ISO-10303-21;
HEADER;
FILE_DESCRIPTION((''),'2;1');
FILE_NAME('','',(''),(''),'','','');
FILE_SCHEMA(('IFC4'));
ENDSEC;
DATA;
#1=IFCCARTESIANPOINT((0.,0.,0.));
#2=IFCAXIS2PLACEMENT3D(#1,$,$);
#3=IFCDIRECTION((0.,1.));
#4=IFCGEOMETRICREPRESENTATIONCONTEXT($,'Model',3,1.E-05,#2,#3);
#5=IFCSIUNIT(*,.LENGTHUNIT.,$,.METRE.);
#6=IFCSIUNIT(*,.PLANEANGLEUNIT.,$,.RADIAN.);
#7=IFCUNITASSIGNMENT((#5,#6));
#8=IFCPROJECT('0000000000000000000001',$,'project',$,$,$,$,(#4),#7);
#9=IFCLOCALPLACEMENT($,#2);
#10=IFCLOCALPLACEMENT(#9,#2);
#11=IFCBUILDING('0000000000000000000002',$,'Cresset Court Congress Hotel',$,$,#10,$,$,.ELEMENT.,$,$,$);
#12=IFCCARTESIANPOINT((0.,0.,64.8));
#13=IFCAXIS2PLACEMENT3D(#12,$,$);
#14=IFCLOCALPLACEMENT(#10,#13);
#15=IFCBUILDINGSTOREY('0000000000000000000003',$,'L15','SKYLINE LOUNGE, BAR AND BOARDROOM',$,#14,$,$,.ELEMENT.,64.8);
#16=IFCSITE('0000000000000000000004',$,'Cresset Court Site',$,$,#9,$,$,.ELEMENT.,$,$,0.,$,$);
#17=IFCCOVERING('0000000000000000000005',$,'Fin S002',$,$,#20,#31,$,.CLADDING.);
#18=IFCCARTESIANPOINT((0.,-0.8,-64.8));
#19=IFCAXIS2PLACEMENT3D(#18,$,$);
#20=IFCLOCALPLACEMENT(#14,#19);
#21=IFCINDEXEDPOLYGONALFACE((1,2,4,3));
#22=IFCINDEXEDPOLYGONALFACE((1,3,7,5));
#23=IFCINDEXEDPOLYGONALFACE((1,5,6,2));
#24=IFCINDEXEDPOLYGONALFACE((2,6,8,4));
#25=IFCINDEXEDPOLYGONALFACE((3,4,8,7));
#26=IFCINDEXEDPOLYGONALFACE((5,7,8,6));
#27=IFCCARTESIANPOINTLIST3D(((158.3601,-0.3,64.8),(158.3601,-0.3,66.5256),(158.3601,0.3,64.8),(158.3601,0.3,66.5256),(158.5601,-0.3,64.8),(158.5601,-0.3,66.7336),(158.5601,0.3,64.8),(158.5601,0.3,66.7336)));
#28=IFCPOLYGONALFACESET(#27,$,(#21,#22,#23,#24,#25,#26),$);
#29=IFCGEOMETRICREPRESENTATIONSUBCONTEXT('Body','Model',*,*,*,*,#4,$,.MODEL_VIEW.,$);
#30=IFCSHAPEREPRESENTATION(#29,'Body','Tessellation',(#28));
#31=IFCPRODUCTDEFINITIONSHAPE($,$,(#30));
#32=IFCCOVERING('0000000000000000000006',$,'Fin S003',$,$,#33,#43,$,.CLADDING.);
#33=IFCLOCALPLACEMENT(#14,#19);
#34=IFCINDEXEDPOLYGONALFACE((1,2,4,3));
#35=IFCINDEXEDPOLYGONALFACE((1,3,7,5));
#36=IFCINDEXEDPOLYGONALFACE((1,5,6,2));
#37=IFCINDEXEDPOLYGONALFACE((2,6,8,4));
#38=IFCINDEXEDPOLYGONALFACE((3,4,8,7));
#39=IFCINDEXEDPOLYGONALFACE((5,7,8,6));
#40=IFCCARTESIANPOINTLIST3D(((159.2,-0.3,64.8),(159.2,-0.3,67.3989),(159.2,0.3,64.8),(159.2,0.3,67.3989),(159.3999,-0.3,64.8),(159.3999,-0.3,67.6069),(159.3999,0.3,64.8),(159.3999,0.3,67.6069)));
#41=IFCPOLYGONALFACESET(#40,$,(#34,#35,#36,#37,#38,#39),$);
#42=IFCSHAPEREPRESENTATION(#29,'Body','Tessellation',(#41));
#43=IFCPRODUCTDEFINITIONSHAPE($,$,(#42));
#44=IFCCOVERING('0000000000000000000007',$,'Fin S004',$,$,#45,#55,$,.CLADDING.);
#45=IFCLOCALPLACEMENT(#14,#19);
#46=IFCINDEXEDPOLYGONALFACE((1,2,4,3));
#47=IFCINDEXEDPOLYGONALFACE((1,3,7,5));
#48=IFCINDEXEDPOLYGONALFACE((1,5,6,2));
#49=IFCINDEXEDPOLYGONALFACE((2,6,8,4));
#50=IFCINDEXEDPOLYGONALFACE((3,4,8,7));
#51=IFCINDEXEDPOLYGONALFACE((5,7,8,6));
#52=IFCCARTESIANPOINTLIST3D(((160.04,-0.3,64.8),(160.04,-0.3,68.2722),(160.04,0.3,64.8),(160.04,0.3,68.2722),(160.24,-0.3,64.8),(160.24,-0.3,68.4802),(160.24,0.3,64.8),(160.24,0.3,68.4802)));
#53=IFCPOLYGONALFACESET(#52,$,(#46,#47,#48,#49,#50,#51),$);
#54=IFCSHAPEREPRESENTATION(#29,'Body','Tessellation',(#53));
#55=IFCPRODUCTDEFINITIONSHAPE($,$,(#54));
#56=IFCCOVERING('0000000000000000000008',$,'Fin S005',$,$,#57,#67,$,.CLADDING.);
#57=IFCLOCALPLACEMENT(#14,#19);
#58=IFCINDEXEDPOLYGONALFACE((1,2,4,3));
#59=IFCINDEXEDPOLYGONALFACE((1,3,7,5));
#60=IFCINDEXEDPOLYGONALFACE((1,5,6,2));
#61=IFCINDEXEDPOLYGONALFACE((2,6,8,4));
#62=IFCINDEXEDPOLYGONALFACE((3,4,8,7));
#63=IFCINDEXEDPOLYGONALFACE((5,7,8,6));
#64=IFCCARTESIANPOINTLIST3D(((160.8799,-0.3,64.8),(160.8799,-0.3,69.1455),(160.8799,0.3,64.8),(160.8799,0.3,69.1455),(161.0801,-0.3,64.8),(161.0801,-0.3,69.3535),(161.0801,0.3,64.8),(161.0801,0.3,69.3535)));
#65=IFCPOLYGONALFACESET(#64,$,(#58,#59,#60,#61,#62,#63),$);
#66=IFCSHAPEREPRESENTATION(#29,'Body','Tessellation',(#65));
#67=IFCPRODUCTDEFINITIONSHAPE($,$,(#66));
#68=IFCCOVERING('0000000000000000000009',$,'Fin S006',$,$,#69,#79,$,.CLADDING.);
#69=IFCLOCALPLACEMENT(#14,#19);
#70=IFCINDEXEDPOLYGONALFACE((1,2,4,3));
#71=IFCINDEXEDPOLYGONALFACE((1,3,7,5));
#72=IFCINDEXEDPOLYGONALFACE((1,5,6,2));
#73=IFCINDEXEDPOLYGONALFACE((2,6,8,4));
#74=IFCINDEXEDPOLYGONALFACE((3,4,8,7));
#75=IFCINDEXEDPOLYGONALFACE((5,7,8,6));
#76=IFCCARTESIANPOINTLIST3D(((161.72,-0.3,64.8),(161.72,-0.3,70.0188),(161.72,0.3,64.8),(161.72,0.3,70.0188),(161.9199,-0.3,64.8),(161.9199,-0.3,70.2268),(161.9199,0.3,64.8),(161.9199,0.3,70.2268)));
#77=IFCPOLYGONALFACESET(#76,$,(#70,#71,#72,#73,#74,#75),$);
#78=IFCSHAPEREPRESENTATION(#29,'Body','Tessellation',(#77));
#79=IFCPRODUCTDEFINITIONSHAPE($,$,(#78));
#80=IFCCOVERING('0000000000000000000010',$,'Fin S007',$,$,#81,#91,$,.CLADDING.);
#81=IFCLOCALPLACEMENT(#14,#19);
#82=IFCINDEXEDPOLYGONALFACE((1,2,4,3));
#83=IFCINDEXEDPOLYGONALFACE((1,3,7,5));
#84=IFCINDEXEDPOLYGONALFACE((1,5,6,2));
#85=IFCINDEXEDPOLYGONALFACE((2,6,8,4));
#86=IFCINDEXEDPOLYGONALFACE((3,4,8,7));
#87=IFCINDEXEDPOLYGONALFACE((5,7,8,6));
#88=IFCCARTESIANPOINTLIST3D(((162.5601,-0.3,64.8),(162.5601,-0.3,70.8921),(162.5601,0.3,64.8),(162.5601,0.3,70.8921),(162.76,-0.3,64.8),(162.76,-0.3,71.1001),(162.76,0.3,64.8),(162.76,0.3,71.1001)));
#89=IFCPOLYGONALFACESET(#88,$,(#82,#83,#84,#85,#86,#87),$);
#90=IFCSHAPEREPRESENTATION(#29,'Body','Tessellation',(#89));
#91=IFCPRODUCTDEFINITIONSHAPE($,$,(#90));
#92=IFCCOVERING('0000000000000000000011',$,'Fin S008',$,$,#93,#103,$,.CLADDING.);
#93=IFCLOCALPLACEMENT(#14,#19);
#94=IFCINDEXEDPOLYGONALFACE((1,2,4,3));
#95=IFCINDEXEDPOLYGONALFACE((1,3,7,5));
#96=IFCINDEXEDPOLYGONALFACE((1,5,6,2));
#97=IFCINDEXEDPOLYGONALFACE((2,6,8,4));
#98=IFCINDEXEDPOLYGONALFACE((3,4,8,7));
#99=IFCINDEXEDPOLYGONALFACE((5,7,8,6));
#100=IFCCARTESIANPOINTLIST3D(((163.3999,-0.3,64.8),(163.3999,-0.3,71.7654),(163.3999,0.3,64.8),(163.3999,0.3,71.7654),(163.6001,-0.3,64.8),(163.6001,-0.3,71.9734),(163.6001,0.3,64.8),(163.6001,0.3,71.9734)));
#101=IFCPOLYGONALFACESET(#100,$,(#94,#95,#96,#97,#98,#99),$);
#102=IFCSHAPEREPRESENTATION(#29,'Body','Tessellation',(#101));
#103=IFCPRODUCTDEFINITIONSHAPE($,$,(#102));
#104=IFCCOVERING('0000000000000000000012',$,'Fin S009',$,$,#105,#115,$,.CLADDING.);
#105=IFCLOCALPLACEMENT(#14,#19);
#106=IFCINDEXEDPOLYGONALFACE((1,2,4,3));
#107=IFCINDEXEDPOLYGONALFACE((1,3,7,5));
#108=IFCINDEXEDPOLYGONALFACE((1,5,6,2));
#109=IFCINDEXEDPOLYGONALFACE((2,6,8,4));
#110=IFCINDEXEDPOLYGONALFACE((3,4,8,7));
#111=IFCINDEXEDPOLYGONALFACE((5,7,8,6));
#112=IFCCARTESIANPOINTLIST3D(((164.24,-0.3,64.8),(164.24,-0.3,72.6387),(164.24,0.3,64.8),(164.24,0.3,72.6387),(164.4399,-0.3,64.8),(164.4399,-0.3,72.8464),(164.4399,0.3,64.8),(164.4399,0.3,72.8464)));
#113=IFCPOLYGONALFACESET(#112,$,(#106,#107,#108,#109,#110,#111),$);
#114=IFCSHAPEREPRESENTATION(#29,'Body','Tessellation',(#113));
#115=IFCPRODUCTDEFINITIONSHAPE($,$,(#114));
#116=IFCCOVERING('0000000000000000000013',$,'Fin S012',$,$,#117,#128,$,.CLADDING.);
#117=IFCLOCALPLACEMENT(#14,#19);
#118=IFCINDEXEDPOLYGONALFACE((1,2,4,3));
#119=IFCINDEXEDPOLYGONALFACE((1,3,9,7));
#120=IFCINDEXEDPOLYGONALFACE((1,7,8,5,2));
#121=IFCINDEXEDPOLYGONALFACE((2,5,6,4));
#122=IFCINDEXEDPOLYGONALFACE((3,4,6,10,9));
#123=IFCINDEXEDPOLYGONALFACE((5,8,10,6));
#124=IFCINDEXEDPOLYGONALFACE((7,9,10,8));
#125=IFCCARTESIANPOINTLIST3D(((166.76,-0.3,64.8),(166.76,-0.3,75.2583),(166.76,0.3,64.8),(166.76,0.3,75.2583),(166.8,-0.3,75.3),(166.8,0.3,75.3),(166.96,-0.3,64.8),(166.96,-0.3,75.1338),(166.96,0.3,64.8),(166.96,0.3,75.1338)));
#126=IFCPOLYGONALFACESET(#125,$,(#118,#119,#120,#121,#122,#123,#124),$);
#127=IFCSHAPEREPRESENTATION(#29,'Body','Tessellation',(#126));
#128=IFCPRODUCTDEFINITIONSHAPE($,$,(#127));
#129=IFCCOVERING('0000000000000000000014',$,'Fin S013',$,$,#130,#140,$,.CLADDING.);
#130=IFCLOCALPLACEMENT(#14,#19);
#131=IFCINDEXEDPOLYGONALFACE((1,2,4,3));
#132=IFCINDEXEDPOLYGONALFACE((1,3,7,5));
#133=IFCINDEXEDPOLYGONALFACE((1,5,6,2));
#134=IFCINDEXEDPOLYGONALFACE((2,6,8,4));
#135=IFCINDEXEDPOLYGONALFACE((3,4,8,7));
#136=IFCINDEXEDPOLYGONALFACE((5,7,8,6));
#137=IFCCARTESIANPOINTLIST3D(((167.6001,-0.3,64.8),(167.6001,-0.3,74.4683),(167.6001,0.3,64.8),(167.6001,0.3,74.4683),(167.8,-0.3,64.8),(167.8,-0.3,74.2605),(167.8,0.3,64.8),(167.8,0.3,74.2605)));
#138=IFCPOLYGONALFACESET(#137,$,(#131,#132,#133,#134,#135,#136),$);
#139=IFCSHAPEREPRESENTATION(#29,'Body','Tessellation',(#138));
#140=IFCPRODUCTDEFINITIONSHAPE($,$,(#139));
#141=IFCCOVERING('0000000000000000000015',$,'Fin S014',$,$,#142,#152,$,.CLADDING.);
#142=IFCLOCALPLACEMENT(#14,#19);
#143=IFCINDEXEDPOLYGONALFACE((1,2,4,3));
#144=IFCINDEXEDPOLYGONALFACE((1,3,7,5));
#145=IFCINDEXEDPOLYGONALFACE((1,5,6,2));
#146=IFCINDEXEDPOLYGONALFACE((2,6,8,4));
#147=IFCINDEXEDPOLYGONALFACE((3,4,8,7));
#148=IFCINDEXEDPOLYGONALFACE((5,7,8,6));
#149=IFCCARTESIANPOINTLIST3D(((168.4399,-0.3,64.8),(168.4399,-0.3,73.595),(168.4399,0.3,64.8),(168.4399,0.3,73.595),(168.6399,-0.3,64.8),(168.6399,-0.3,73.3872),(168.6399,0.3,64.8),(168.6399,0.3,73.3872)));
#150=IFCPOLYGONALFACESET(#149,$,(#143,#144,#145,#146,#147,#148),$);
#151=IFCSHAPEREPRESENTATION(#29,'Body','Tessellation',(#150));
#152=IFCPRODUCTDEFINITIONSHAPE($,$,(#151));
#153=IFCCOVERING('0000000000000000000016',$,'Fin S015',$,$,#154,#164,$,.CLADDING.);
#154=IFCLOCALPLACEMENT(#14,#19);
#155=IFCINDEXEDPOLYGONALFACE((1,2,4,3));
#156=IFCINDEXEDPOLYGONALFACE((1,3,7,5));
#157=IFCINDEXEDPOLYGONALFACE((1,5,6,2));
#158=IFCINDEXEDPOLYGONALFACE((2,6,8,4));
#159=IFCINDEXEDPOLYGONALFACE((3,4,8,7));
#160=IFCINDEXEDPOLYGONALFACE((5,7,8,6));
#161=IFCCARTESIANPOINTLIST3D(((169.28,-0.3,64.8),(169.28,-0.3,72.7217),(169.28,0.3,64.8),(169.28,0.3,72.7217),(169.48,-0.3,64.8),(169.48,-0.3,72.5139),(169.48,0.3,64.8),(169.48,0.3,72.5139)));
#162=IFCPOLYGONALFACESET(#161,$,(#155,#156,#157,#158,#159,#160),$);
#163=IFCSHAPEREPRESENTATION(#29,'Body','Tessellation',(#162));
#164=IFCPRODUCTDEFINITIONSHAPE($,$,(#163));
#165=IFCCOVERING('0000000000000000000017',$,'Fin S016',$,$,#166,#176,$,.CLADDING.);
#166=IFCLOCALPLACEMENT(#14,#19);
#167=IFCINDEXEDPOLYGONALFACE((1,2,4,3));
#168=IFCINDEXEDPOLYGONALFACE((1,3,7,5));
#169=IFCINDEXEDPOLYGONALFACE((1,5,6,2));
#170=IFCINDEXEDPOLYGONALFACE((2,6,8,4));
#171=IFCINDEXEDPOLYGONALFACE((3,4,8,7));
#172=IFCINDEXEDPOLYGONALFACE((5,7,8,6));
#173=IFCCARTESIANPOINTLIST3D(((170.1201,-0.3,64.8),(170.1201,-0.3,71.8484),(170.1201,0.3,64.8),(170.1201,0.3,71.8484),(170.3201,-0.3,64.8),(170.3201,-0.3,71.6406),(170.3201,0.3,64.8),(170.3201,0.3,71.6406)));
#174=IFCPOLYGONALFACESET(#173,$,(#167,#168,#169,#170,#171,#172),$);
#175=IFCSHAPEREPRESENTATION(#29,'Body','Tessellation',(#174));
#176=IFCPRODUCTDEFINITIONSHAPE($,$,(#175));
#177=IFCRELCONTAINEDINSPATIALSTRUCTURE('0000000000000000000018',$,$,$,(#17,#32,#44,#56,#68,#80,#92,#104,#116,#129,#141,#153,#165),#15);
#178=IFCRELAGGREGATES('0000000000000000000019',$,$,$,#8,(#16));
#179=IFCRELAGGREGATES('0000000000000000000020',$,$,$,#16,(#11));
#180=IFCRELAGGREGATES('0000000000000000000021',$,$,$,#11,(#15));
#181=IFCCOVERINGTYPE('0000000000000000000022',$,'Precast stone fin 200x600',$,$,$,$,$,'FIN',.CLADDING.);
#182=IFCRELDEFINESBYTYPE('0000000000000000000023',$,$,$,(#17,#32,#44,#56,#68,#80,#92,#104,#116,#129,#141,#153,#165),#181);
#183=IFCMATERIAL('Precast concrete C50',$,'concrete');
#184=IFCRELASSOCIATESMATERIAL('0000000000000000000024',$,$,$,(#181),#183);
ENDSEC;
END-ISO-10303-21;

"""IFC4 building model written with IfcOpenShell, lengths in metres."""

from ifc_helpers import new_model, si_unit, direction, frame, origin, place, context, subcontext, project, spatial, polyline, outline, extrude, material, type_object, element, save


model = new_model("IFC4")

# Units and contexts
model_context = context("Model", 3, precision=1e-05, world=origin(), true_north=direction((0.0, 1.0)))
body_context = subcontext(model_context, "Body", "Model", "MODEL_VIEW")
ifc_project = project(units=[si_unit("LENGTHUNIT", "METRE"), si_unit("PLANEANGLEUNIT", "RADIAN")], contexts=[model_context])

# Site, building, storey
site_placement = place(None, origin())
site = spatial("IfcSite", under=ifc_project, at=site_placement, Name="Cresset Court Site", CompositionType="ELEMENT", RefElevation=0.0)
building_placement = place(site_placement, origin())
building = spatial("IfcBuilding", under=site, at=building_placement, Name="Cresset Court Congress Hotel", CompositionType="ELEMENT")
storey_placement = place(building_placement, frame((0.0, 0.0, 64.8)))
storey = spatial("IfcBuildingStorey", under=building, at=storey_placement, Name="L15", Description="SKYLINE LOUNGE, BAR AND BOARDROOM", CompositionType="ELEMENT", Elevation=64.8)

# Coverings
ifc_material_1 = material(Name="Precast concrete C50", Category="concrete")
covering_type_1 = type_object("IfcCoveringType", Name="Precast stone fin 200x600", ElementType="FIN", PredefinedType="CLADDING", material=ifc_material_1)
covering_1_placement = place(storey_placement, frame((0.0, -0.8, -64.8)))
element("IfcCovering", 1, at=covering_1_placement, inside=storey, type_object=covering_type_1, Name="Fin S002", PredefinedType="CLADDING", context=body_context, shape_type="SweptSolid", body=[
    extrude(outline(polyline([(158.3601, 64.8), (158.5601, 64.8), (158.5601, 66.7336), (158.3601, 66.5256), (158.3601, 64.8)])), frame((0.0, 0.3, 0.0), z_axis=(0.0, -1.0, 0.0), x_axis=(1.0, 0.0, 0.0)), (0.0, 0.0, 1.0), 0.6001),
])
covering_2_placement = place(storey_placement, frame((0.0, -0.8, -64.8)))
element("IfcCovering", 2, at=covering_2_placement, inside=storey, type_object=covering_type_1, Name="Fin S003", PredefinedType="CLADDING", context=body_context, shape_type="SweptSolid", body=[
    extrude(outline(polyline([(159.2, 64.8), (159.3999, 64.8), (159.3999, 67.6069), (159.2, 67.3989), (159.2, 64.8)])), frame((0.0, 0.3, 0.0), z_axis=(0.0, -1.0, 0.0), x_axis=(1.0, 0.0, 0.0)), (0.0, 0.0, 1.0), 0.6001),
])
covering_3_placement = place(storey_placement, frame((0.0, -0.8, -64.8)))
element("IfcCovering", 3, at=covering_3_placement, inside=storey, type_object=covering_type_1, Name="Fin S004", PredefinedType="CLADDING", context=body_context, shape_type="SweptSolid", body=[
    extrude(outline(polyline([(160.04, 64.8), (160.24, 64.8), (160.24, 68.4802), (160.04, 68.2722), (160.04, 64.8)])), frame((0.0, 0.3, 0.0), z_axis=(0.0, -1.0, 0.0), x_axis=(1.0, 0.0, 0.0)), (0.0, 0.0, 1.0), 0.6001),
])
covering_4_placement = place(storey_placement, frame((0.0, -0.8, -64.8)))
element("IfcCovering", 4, at=covering_4_placement, inside=storey, type_object=covering_type_1, Name="Fin S005", PredefinedType="CLADDING", context=body_context, shape_type="SweptSolid", body=[
    extrude(outline(polyline([(160.8799, 64.8), (161.0801, 64.8), (161.0801, 69.3535), (160.8799, 69.1455), (160.8799, 64.8)])), frame((0.0, 0.3, 0.0), z_axis=(0.0, -1.0, 0.0), x_axis=(1.0, 0.0, 0.0)), (0.0, 0.0, 1.0), 0.6001),
])
covering_5_placement = place(storey_placement, frame((0.0, -0.8, -64.8)))
element("IfcCovering", 5, at=covering_5_placement, inside=storey, type_object=covering_type_1, Name="Fin S006", PredefinedType="CLADDING", context=body_context, shape_type="SweptSolid", body=[
    extrude(outline(polyline([(161.72, 64.8), (161.9199, 64.8), (161.9199, 70.2268), (161.72, 70.0188), (161.72, 64.8)])), frame((0.0, 0.3, 0.0), z_axis=(0.0, -1.0, 0.0), x_axis=(1.0, 0.0, 0.0)), (0.0, 0.0, 1.0), 0.6001),
])
covering_6_placement = place(storey_placement, frame((0.0, -0.8, -64.8)))
element("IfcCovering", 6, at=covering_6_placement, inside=storey, type_object=covering_type_1, Name="Fin S007", PredefinedType="CLADDING", context=body_context, shape_type="SweptSolid", body=[
    extrude(outline(polyline([(162.5601, 64.8), (162.76, 64.8), (162.76, 71.1001), (162.5601, 70.8921), (162.5601, 64.8)])), frame((0.0, 0.3, 0.0), z_axis=(0.0, -1.0, 0.0), x_axis=(1.0, 0.0, 0.0)), (0.0, 0.0, 1.0), 0.6001),
])
covering_7_placement = place(storey_placement, frame((0.0, -0.8, -64.8)))
element("IfcCovering", 7, at=covering_7_placement, inside=storey, type_object=covering_type_1, Name="Fin S008", PredefinedType="CLADDING", context=body_context, shape_type="SweptSolid", body=[
    extrude(outline(polyline([(163.3999, 64.8), (163.6001, 64.8), (163.6001, 71.9734), (163.3999, 71.7654), (163.3999, 64.8)])), frame((0.0, 0.3, 0.0), z_axis=(0.0, -1.0, 0.0), x_axis=(1.0, 0.0, 0.0)), (0.0, 0.0, 1.0), 0.6001),
])
covering_8_placement = place(storey_placement, frame((0.0, -0.8, -64.8)))
element("IfcCovering", 8, at=covering_8_placement, inside=storey, type_object=covering_type_1, Name="Fin S009", PredefinedType="CLADDING", context=body_context, shape_type="SweptSolid", body=[
    extrude(outline(polyline([(164.24, 64.8), (164.4399, 64.8), (164.4399, 72.8464), (164.24, 72.6387), (164.24, 64.8)])), frame((0.0, 0.3, 0.0), z_axis=(0.0, -1.0, 0.0), x_axis=(1.0, 0.0, 0.0)), (0.0, 0.0, 1.0), 0.6001),
])
covering_9_placement = place(storey_placement, frame((0.0, -0.8, -64.8)))
element("IfcCovering", 9, at=covering_9_placement, inside=storey, type_object=covering_type_1, Name="Fin S012", PredefinedType="CLADDING", context=body_context, shape_type="SweptSolid", body=[
    extrude(outline(polyline([(166.76, 64.8), (166.96, 64.8), (166.96, 75.1338), (166.8, 75.3), (166.76, 75.2583), (166.76, 64.8)])), frame((0.0, 0.3, 0.0), z_axis=(0.0, -1.0, 0.0), x_axis=(1.0, 0.0, 0.0)), (0.0, 0.0, 1.0), 0.6001),
])
covering_10_placement = place(storey_placement, frame((0.0, -0.8, -64.8)))
element("IfcCovering", 10, at=covering_10_placement, inside=storey, type_object=covering_type_1, Name="Fin S013", PredefinedType="CLADDING", context=body_context, shape_type="SweptSolid", body=[
    extrude(outline(polyline([(167.6001, 64.8), (167.8, 64.8), (167.8, 74.2605), (167.6001, 74.4683), (167.6001, 64.8)])), frame((0.0, 0.3, 0.0), z_axis=(0.0, -1.0, 0.0), x_axis=(1.0, 0.0, 0.0)), (0.0, 0.0, 1.0), 0.6001),
])
covering_11_placement = place(storey_placement, frame((0.0, -0.8, -64.8)))
element("IfcCovering", 11, at=covering_11_placement, inside=storey, type_object=covering_type_1, Name="Fin S014", PredefinedType="CLADDING", context=body_context, shape_type="SweptSolid", body=[
    extrude(outline(polyline([(168.4399, 64.8), (168.6399, 64.8), (168.6399, 73.3872), (168.4399, 73.595), (168.4399, 64.8)])), frame((0.0, 0.3, 0.0), z_axis=(0.0, -1.0, 0.0), x_axis=(1.0, 0.0, 0.0)), (0.0, 0.0, 1.0), 0.6001),
])
covering_12_placement = place(storey_placement, frame((0.0, -0.8, -64.8)))
element("IfcCovering", 12, at=covering_12_placement, inside=storey, type_object=covering_type_1, Name="Fin S015", PredefinedType="CLADDING", context=body_context, shape_type="SweptSolid", body=[
    extrude(outline(polyline([(169.28, 64.8), (169.48, 64.8), (169.48, 72.5139), (169.28, 72.7217), (169.28, 64.8)])), frame((0.0, 0.3, 0.0), z_axis=(0.0, -1.0, 0.0), x_axis=(1.0, 0.0, 0.0)), (0.0, 0.0, 1.0), 0.6001),
])
covering_13_placement = place(storey_placement, frame((0.0, -0.8, -64.8)))
element("IfcCovering", 13, at=covering_13_placement, inside=storey, type_object=covering_type_1, Name="Fin S016", PredefinedType="CLADDING", context=body_context, shape_type="SweptSolid", body=[
    extrude(outline(polyline([(170.1201, 64.8), (170.3201, 64.8), (170.3201, 71.6406), (170.1201, 71.8484), (170.1201, 64.8)])), frame((0.0, 0.3, 0.0), z_axis=(0.0, -1.0, 0.0), x_axis=(1.0, 0.0, 0.0)), (0.0, 0.0, 1.0), 0.6001),
])

save(model, "model.ifc")
